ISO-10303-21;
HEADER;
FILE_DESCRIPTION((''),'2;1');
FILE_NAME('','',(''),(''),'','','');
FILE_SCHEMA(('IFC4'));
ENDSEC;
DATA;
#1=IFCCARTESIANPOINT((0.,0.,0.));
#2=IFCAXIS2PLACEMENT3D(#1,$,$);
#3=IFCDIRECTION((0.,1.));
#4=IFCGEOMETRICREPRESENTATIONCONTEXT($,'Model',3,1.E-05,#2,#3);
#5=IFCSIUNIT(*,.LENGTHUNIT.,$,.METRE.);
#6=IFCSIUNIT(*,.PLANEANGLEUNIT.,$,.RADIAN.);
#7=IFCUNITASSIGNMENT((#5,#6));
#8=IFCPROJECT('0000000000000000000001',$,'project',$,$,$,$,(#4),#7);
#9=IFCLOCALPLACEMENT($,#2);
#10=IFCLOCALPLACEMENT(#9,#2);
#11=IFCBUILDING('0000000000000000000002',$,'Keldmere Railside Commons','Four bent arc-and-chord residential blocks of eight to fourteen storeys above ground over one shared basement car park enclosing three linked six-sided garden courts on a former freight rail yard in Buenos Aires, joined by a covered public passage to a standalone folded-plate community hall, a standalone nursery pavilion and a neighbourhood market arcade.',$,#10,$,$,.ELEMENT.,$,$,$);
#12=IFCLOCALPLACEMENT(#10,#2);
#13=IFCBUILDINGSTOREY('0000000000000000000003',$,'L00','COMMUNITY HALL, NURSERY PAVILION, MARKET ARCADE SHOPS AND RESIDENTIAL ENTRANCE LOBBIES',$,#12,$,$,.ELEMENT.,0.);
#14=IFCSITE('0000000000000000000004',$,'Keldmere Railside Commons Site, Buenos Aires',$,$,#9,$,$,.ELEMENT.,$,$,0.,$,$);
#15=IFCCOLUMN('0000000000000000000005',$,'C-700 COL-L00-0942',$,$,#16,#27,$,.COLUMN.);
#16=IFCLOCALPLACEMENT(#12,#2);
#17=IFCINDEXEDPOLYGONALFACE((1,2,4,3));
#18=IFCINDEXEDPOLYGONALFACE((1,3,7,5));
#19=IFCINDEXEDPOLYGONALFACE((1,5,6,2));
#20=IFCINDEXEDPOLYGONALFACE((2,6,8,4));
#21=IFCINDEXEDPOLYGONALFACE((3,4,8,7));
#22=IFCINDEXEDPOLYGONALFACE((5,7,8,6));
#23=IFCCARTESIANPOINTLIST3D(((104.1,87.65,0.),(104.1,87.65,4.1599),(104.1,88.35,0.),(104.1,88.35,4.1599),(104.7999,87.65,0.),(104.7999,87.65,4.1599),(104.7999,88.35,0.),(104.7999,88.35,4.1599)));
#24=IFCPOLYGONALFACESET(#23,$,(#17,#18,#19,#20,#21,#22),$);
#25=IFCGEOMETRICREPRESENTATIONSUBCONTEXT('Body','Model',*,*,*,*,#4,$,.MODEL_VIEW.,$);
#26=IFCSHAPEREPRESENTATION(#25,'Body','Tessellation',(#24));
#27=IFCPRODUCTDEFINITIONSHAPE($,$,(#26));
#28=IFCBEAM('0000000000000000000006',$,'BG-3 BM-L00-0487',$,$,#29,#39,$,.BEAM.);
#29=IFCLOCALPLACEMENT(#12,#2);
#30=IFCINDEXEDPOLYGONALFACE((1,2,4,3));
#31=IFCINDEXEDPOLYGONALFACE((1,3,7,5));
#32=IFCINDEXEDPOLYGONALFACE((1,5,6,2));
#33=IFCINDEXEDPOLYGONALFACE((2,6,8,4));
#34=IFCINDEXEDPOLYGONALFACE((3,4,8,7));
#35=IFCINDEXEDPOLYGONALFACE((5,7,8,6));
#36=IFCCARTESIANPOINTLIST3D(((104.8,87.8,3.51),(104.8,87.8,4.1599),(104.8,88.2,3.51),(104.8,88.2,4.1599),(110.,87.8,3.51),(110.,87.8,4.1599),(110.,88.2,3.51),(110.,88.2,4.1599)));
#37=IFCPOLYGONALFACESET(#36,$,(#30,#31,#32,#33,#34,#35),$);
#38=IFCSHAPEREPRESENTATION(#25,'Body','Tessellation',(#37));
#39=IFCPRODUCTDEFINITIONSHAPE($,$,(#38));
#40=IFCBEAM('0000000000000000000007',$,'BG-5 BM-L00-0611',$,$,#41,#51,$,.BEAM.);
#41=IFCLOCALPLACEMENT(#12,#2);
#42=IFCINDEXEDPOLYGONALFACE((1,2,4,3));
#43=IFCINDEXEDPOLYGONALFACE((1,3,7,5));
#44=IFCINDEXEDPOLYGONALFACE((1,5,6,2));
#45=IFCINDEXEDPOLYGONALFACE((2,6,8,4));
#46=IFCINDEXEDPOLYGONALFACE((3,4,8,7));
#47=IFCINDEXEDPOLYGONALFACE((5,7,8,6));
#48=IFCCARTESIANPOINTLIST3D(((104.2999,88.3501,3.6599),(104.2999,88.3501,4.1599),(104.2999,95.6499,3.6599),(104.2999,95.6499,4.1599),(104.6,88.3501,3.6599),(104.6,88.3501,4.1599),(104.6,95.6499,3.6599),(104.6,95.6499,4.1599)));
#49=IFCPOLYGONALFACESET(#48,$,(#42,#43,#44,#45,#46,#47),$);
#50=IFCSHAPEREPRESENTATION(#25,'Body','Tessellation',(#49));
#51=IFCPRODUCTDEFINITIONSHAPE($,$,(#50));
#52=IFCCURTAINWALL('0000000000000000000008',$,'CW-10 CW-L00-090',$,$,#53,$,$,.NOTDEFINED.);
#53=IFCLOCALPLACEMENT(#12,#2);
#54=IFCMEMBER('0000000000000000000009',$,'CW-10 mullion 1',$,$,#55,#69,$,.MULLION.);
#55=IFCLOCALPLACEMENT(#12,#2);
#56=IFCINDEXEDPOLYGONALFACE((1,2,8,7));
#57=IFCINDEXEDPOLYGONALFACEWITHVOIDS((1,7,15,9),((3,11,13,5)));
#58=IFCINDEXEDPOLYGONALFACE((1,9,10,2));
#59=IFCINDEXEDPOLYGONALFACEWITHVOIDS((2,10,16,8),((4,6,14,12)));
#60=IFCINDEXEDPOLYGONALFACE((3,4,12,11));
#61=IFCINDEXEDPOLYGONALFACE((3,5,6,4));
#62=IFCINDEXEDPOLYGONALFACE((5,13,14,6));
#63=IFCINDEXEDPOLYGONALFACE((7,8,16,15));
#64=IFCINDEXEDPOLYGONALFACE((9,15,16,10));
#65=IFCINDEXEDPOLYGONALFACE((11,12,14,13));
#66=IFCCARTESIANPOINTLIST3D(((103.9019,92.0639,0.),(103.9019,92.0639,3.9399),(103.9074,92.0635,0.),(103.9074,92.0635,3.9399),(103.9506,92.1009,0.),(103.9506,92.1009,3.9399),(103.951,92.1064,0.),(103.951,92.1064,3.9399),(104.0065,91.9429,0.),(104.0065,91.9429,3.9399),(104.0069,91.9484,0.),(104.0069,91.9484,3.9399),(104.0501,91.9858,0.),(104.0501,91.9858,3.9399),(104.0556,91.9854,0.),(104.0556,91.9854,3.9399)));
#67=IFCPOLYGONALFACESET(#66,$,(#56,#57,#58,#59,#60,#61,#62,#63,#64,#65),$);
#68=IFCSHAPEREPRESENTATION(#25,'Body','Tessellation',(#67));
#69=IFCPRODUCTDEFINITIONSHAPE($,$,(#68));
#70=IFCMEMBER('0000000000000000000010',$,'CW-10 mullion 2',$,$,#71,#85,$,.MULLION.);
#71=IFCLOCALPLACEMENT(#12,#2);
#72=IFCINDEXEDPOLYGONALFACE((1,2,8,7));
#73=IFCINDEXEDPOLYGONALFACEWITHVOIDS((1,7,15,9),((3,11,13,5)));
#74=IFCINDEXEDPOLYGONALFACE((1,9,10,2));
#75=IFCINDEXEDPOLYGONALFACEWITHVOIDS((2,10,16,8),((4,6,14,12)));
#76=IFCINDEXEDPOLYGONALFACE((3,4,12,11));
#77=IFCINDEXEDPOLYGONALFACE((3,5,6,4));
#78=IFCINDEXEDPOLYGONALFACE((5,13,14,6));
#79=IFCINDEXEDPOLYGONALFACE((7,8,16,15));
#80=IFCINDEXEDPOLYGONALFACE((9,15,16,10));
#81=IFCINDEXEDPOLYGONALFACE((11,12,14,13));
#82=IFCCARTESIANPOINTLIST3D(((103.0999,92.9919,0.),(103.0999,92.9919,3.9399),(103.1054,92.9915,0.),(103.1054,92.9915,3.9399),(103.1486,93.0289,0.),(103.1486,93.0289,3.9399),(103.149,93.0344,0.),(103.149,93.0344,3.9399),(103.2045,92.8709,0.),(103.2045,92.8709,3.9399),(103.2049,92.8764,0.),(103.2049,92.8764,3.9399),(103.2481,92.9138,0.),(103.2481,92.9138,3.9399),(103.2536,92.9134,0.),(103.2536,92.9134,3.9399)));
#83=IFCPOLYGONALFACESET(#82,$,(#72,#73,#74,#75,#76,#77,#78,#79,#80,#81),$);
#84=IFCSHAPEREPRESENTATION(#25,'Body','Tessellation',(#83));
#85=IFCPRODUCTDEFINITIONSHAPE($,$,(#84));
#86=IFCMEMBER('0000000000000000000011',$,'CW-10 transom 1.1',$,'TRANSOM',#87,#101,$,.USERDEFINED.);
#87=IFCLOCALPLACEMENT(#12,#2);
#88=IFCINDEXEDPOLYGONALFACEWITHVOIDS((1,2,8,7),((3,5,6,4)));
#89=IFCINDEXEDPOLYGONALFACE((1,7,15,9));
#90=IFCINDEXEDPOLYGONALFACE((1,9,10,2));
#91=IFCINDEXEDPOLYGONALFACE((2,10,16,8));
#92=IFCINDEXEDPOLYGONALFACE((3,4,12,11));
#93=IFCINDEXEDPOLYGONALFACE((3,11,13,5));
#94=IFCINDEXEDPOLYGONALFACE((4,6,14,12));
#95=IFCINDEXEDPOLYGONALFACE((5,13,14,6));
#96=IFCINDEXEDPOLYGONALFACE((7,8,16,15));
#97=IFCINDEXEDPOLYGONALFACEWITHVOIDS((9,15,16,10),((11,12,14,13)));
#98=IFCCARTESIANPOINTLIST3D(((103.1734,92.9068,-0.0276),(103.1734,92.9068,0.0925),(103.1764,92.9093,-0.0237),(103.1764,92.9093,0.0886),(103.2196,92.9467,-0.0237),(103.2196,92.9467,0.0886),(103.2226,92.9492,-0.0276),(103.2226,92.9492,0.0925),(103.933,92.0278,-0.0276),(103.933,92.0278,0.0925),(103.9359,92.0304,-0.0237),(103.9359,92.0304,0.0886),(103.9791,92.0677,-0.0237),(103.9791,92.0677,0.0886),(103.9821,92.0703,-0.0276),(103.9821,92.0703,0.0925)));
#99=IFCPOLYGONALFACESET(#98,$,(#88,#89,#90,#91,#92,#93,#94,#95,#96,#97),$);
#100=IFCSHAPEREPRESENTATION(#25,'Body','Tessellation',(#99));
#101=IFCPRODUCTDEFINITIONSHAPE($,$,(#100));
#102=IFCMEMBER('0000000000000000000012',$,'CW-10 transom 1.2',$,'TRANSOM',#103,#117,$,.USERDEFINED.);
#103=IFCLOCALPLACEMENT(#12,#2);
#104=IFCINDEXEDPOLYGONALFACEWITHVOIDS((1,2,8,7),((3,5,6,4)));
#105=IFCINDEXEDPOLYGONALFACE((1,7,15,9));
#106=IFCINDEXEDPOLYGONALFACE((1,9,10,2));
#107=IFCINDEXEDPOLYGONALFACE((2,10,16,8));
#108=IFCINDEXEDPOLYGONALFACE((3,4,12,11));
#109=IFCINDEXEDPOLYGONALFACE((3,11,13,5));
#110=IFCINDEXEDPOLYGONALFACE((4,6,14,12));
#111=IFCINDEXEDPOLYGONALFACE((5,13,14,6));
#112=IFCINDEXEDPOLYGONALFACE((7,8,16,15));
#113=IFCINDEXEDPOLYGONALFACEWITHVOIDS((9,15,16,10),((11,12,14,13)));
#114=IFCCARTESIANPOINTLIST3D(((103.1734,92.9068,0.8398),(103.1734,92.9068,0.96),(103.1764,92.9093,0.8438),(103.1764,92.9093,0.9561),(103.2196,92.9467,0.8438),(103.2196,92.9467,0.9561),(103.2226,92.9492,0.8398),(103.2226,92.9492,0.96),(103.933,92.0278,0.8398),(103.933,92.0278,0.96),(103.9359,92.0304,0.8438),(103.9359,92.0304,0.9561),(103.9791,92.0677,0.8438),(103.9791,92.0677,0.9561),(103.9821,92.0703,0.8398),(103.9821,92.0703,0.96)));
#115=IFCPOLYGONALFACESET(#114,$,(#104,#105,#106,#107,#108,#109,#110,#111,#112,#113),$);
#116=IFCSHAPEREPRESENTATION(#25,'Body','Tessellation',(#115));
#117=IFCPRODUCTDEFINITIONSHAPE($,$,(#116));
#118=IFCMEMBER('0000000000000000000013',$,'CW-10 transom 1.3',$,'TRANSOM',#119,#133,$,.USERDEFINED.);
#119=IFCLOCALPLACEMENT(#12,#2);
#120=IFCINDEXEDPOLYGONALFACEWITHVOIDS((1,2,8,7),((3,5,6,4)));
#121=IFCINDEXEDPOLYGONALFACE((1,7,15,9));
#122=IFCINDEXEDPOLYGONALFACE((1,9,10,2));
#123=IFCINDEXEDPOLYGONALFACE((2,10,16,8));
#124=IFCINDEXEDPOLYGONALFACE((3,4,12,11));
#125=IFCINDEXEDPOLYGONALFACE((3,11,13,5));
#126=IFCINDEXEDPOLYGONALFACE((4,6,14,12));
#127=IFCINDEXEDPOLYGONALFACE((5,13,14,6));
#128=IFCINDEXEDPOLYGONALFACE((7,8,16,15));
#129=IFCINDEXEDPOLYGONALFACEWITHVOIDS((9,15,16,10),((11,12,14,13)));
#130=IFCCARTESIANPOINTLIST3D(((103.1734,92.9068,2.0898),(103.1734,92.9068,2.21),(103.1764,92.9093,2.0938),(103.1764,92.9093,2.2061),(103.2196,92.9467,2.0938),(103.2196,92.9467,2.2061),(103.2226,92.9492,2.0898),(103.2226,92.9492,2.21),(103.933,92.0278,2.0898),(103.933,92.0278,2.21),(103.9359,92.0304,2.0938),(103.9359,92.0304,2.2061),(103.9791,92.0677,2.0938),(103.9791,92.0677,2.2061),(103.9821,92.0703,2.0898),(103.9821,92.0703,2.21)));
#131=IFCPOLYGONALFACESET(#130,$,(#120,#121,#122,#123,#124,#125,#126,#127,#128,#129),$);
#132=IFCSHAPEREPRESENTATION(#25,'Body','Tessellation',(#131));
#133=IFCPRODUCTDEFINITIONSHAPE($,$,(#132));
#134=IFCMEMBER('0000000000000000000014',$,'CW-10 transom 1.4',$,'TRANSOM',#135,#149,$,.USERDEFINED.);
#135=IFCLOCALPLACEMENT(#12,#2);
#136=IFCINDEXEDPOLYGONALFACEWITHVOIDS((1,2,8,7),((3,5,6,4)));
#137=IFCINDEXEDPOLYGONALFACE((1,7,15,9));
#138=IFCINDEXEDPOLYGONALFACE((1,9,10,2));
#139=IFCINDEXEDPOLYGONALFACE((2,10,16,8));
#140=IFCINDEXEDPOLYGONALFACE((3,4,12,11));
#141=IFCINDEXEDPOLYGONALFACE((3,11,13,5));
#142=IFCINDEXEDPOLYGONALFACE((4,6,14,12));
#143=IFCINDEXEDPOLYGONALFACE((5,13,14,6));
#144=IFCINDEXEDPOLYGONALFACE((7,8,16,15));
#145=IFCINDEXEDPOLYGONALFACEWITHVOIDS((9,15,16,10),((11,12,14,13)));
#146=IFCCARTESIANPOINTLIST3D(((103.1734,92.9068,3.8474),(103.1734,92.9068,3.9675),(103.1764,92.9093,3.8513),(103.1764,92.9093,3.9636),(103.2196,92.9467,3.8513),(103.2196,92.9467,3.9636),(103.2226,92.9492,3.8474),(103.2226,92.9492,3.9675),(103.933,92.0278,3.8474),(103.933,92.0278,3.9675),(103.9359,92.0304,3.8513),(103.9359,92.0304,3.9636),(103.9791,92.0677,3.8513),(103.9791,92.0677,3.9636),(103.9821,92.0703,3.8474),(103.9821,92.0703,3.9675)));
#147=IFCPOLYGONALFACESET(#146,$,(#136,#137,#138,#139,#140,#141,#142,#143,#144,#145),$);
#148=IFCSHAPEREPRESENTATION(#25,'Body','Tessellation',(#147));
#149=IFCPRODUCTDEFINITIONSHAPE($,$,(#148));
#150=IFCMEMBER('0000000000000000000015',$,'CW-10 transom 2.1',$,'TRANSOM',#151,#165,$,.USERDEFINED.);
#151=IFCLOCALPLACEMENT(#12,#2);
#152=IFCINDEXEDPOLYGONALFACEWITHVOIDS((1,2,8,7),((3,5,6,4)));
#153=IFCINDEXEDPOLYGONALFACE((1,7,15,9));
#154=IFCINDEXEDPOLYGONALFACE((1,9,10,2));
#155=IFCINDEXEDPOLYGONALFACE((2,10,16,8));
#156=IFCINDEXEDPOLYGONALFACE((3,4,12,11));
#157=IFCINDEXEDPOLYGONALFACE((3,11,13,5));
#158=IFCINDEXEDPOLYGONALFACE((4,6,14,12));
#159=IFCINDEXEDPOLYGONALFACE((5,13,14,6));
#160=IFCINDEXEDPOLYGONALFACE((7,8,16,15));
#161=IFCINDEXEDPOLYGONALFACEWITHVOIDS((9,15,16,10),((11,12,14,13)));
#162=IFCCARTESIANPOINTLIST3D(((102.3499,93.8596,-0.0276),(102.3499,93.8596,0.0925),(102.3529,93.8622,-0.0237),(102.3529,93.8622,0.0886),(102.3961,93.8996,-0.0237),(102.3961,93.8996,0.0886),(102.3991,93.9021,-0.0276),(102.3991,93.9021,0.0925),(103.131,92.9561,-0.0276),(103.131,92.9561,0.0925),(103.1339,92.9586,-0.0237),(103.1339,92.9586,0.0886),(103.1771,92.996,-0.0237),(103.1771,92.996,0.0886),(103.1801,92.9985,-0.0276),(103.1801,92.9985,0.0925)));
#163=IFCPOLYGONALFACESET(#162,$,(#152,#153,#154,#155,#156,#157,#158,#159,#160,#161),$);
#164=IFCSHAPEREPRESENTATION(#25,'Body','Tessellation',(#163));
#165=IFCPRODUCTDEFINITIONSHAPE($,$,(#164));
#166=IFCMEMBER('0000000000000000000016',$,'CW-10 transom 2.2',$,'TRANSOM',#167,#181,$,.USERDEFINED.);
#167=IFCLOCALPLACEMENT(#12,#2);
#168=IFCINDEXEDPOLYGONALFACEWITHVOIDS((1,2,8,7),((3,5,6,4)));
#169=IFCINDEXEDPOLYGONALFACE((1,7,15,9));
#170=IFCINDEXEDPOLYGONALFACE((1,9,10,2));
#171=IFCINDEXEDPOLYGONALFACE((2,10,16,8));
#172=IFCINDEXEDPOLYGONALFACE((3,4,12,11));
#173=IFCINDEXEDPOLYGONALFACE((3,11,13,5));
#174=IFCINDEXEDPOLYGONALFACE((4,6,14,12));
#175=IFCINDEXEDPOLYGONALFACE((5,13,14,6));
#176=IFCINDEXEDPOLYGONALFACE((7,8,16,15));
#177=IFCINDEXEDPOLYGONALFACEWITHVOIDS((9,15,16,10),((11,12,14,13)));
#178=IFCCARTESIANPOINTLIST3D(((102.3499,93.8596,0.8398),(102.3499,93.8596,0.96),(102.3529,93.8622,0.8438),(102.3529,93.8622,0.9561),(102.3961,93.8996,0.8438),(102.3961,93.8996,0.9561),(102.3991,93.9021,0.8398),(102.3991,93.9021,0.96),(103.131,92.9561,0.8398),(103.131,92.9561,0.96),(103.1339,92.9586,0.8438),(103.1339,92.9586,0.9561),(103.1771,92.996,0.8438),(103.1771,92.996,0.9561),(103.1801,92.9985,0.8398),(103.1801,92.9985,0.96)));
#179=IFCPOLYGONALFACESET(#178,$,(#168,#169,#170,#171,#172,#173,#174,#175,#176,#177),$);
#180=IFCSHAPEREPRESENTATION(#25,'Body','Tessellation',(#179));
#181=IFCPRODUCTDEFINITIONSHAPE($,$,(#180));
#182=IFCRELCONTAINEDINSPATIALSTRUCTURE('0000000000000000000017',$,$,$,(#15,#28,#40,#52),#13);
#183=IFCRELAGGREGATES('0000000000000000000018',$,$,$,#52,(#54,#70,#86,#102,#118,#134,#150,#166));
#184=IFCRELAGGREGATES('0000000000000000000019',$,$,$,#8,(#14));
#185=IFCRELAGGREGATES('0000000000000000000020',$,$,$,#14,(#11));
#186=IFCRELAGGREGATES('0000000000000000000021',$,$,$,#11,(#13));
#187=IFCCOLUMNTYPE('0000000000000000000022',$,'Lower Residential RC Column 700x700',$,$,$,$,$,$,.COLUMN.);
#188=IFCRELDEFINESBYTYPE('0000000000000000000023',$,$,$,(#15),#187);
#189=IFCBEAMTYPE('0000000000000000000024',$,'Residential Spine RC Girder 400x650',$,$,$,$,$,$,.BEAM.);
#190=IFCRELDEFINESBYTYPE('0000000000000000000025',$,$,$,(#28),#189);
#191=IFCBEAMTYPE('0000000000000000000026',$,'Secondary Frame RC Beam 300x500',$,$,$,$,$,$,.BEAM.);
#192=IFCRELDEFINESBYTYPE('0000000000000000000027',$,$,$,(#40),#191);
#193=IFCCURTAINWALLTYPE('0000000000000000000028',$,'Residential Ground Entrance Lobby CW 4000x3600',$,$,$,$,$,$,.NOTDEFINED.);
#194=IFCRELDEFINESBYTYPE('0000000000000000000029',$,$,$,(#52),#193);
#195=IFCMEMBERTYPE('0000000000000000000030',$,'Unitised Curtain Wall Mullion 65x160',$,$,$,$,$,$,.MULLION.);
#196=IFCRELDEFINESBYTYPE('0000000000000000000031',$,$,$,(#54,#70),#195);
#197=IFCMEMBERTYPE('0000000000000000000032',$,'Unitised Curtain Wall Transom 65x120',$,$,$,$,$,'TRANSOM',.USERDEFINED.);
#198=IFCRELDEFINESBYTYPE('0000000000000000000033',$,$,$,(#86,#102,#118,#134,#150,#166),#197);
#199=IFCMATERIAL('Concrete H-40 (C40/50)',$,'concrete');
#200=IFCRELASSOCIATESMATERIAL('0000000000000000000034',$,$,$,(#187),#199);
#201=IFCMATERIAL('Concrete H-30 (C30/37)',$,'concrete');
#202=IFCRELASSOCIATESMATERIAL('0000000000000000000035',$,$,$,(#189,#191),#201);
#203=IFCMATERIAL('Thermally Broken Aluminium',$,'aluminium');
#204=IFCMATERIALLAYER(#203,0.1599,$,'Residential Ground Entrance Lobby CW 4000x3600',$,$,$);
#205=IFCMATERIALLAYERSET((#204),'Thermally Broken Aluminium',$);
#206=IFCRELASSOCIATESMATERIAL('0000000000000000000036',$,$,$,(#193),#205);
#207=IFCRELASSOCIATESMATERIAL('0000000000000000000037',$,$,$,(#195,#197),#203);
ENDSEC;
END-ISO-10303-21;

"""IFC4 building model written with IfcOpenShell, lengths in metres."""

from ifc_helpers import new_model, si_unit, direction, frame, origin, origin_2d, place, context, subcontext, project, spatial, rectangle, hollow_rectangle, extrude, material, layer, layer_set, material_profile, profile_set, type_object, element, aggregate, save


model = new_model("IFC4")

# Units and contexts
model_context = context("Model", 3, precision=1e-05, world=origin(), true_north=direction((0.0, 1.0)))
body_context = subcontext(model_context, "Body", "Model", "MODEL_VIEW")
ifc_project = project(units=[si_unit("LENGTHUNIT", "METRE"), si_unit("PLANEANGLEUNIT", "RADIAN")], contexts=[model_context])

# Site, building, storey
site_placement = place(None, origin())
site = spatial("IfcSite", under=ifc_project, at=site_placement, Name="Keldmere Railside Commons Site, Buenos Aires", CompositionType="ELEMENT", RefElevation=0.0)
building_placement = place(site_placement, origin())
building = spatial("IfcBuilding", under=site, at=building_placement, Name="Keldmere Railside Commons", Description="Four bent arc-and-chord residential blocks of eight to fourteen storeys above ground over one shared basement car park enclosing three linked six-sided garden courts on a former freight rail yard in Buenos Aires, joined by a covered public passage to a standalone folded-plate community hall, a standalone nursery pavilion and a neighbourhood market arcade.", CompositionType="ELEMENT")
storey_placement = place(building_placement, origin())
storey = spatial("IfcBuildingStorey", under=building, at=storey_placement, Name="L00", Description="COMMUNITY HALL, NURSERY PAVILION, MARKET ARCADE SHOPS AND RESIDENTIAL ENTRANCE LOBBIES", CompositionType="ELEMENT", Elevation=0.0)

# Column
ifc_material_1 = material(Name="Concrete H-40 (C40/50)", Category="concrete")
ifc_material_profile_1 = material_profile(ifc_material_1, rectangle(XDim=0.7, YDim=0.7, at=origin_2d()), Name="RC-700x700")
ifc_profile_set_1 = profile_set([ifc_material_profile_1], Name="Concrete H-40 (C40/50)")
column_type = type_object("IfcColumnType", Name="Lower Residential RC Column 700x700", PredefinedType="COLUMN", material=ifc_profile_set_1)
column_placement = place(storey_placement, frame((104.45, 88.0, 0.0), z_axis=(0.0, 0.0, 1.0), x_axis=(1.0, 0.0, 0.0)))
element("IfcColumn", 1, at=column_placement, inside=storey, type_object=column_type, Name="C-700 COL-L00-0942", PredefinedType="COLUMN", context=body_context, shape_type="SweptSolid", body=[
    extrude(rectangle(XDim=0.7, YDim=0.7, at=origin_2d()), origin(), (0.0, 0.0, 1.0), 4.1599),
])

# Beams
ifc_material_2 = material(Name="Concrete H-30 (C30/37)", Category="concrete")
ifc_material_profile_2 = material_profile(ifc_material_2, rectangle(XDim=0.3999, YDim=0.6499, at=origin_2d()), Name="RC-400x650")
ifc_profile_set_2 = profile_set([ifc_material_profile_2], Name="Concrete H-30 (C30/37)")
beam_type_1 = type_object("IfcBeamType", Name="Residential Spine RC Girder 400x650", PredefinedType="BEAM", material=ifc_profile_set_2)
beam_1_placement = place(storey_placement, frame((104.8, 88.0, 3.835), z_axis=(1.0, 0.0, 0.0), x_axis=(0.0, 1.0, 0.0)))
element("IfcBeam", 2, at=beam_1_placement, inside=storey, type_object=beam_type_1, Name="BG-3 BM-L00-0487", PredefinedType="BEAM", context=body_context, shape_type="SweptSolid", body=[
    extrude(rectangle(XDim=0.3999, YDim=0.6499, at=origin_2d()), origin(), (0.0, 0.0, 1.0), 5.2),
])
ifc_material_profile_3 = material_profile(ifc_material_2, rectangle(XDim=0.3, YDim=0.5, at=origin_2d()), Name="RC-300x500")
ifc_profile_set_3 = profile_set([ifc_material_profile_3], Name="Concrete H-30 (C30/37)")
beam_type_2 = type_object("IfcBeamType", Name="Secondary Frame RC Beam 300x500", PredefinedType="BEAM", material=ifc_profile_set_3)
beam_2_placement = place(storey_placement, frame((104.45, 88.3501, 3.9099), z_axis=(0.0, 1.0, 0.0), x_axis=(-1.0, 0.0, 0.0)))
element("IfcBeam", 3, at=beam_2_placement, inside=storey, type_object=beam_type_2, Name="BG-5 BM-L00-0611", PredefinedType="BEAM", context=body_context, shape_type="SweptSolid", body=[
    extrude(rectangle(XDim=0.3, YDim=0.5, at=origin_2d()), origin(), (0.0, 0.0, 1.0), 7.2998),
])

# Curtain wall, members
ifc_material_3 = material(Name="Thermally Broken Aluminium", Category="aluminium")
ifc_layer_1 = layer(ifc_material_3, 0.1599, Name="Residential Ground Entrance Lobby CW 4000x3600")
ifc_layer_set_1 = layer_set([ifc_layer_1], Name="Thermally Broken Aluminium")
curtain_wall_type = type_object("IfcCurtainWallType", Name="Residential Ground Entrance Lobby CW 4000x3600", PredefinedType="NOTDEFINED", material=ifc_layer_set_1)
curtain_wall_placement = place(storey_placement, origin())
curtain_wall = element("IfcCurtainWall", 4, at=curtain_wall_placement, inside=storey, type_object=curtain_wall_type, Name="CW-10 CW-L00-090", PredefinedType="NOTDEFINED")
ifc_material_profile_4 = material_profile(ifc_material_3, hollow_rectangle(XDim=0.0649, YDim=0.1599, WallThickness=0.0039, at=origin_2d()), Name="ALU-MULL-65x160")
ifc_profile_set_4 = profile_set([ifc_material_profile_4], Name="Thermally Broken Aluminium")
member_type_1 = type_object("IfcMemberType", Name="Unitised Curtain Wall Mullion 65x160", PredefinedType="MULLION", material=ifc_profile_set_4)
member_1_placement = place(storey_placement, frame((103.9788, 92.0247, 0.0), z_axis=(0.0, 0.0, 1.0), x_axis=(-0.756597, -0.653882, 0.0)))
member_1 = element("IfcMember", 5, at=member_1_placement, type_object=member_type_1, Name="CW-10 mullion 1", PredefinedType="MULLION", context=body_context, shape_type="SweptSolid", body=[
    extrude(hollow_rectangle(XDim=0.0649, YDim=0.1599, WallThickness=0.0039, at=origin_2d()), origin(), (0.0, 0.0, 1.0), 3.9399),
])
member_2_placement = place(storey_placement, frame((103.1768, 92.9526, 0.0), z_axis=(0.0, 0.0, 1.0), x_axis=(-0.756597, -0.653882, 0.0)))
member_2 = element("IfcMember", 6, at=member_2_placement, type_object=member_type_1, Name="CW-10 mullion 2", PredefinedType="MULLION", context=body_context, shape_type="SweptSolid", body=[
    extrude(hollow_rectangle(XDim=0.0649, YDim=0.1599, WallThickness=0.0039, at=origin_2d()), origin(), (0.0, 0.0, 1.0), 3.9399),
])
ifc_material_profile_5 = material_profile(ifc_material_3, hollow_rectangle(XDim=0.0649, YDim=0.1201, WallThickness=0.0039, at=origin_2d()), Name="ALU-TRAN-65x120")
ifc_profile_set_5 = profile_set([ifc_material_profile_5], Name="Thermally Broken Aluminium")
member_type_2 = type_object("IfcMemberType", Name="Unitised Curtain Wall Transom 65x120", ElementType="TRANSOM", PredefinedType="USERDEFINED", material=ifc_profile_set_5)
member_3_placement = place(storey_placement, frame((103.9575, 92.0491, 0.0325), z_axis=(-0.65385, 0.756624, 0.0), x_axis=(-0.756624, -0.65385, 0.0)))
member_3 = element("IfcMember", 7, at=member_3_placement, type_object=member_type_2, Name="CW-10 transom 1.1", ObjectType="TRANSOM", PredefinedType="USERDEFINED", context=body_context, shape_type="SweptSolid", body=[
    extrude(hollow_rectangle(XDim=0.0649, YDim=0.1201, WallThickness=0.0039, at=origin_2d()), origin(), (0.0, 0.0, 1.0), 1.1616),
])
member_4_placement = place(storey_placement, frame((103.9575, 92.0491, 0.8999), z_axis=(-0.65385, 0.756624, 0.0), x_axis=(-0.756624, -0.65385, 0.0)))
member_4 = element("IfcMember", 8, at=member_4_placement, type_object=member_type_2, Name="CW-10 transom 1.2", ObjectType="TRANSOM", PredefinedType="USERDEFINED", context=body_context, shape_type="SweptSolid", body=[
    extrude(hollow_rectangle(XDim=0.0649, YDim=0.1201, WallThickness=0.0039, at=origin_2d()), origin(), (0.0, 0.0, 1.0), 1.1616),
])
member_5_placement = place(storey_placement, frame((103.9575, 92.0491, 2.1499), z_axis=(-0.65385, 0.756624, 0.0), x_axis=(-0.756624, -0.65385, 0.0)))
member_5 = element("IfcMember", 9, at=member_5_placement, type_object=member_type_2, Name="CW-10 transom 1.3", ObjectType="TRANSOM", PredefinedType="USERDEFINED", context=body_context, shape_type="SweptSolid", body=[
    extrude(hollow_rectangle(XDim=0.0649, YDim=0.1201, WallThickness=0.0039, at=origin_2d()), origin(), (0.0, 0.0, 1.0), 1.1616),
])
member_6_placement = place(storey_placement, frame((103.9575, 92.0491, 3.9075), z_axis=(-0.65385, 0.756624, 0.0), x_axis=(-0.756624, -0.65385, 0.0)))
member_6 = element("IfcMember", 10, at=member_6_placement, type_object=member_type_2, Name="CW-10 transom 1.4", ObjectType="TRANSOM", PredefinedType="USERDEFINED", context=body_context, shape_type="SweptSolid", body=[
    extrude(hollow_rectangle(XDim=0.0649, YDim=0.1201, WallThickness=0.0039, at=origin_2d()), origin(), (0.0, 0.0, 1.0), 1.1616),
])
member_7_placement = place(storey_placement, frame((103.1555, 92.9773, 0.0325), z_axis=(-0.653934, 0.756552, 0.0), x_axis=(-0.756552, -0.653934, 0.0)))
member_7 = element("IfcMember", 11, at=member_7_placement, type_object=member_type_2, Name="CW-10 transom 2.1", ObjectType="TRANSOM", PredefinedType="USERDEFINED", context=body_context, shape_type="SweptSolid", body=[
    extrude(hollow_rectangle(XDim=0.0649, YDim=0.1201, WallThickness=0.0039, at=origin_2d()), origin(), (0.0, 0.0, 1.0), 1.1943),
])
member_8_placement = place(storey_placement, frame((103.1555, 92.9773, 0.8999), z_axis=(-0.653934, 0.756552, 0.0), x_axis=(-0.756552, -0.653934, 0.0)))
member_8 = element("IfcMember", 12, at=member_8_placement, type_object=member_type_2, Name="CW-10 transom 2.2", ObjectType="TRANSOM", PredefinedType="USERDEFINED", context=body_context, shape_type="SweptSolid", body=[
    extrude(hollow_rectangle(XDim=0.0649, YDim=0.1201, WallThickness=0.0039, at=origin_2d()), origin(), (0.0, 0.0, 1.0), 1.1943),
])
aggregate(curtain_wall, [member_1, member_2, member_3, member_4, member_5, member_6, member_7, member_8])

save(model, "model.ifc")
